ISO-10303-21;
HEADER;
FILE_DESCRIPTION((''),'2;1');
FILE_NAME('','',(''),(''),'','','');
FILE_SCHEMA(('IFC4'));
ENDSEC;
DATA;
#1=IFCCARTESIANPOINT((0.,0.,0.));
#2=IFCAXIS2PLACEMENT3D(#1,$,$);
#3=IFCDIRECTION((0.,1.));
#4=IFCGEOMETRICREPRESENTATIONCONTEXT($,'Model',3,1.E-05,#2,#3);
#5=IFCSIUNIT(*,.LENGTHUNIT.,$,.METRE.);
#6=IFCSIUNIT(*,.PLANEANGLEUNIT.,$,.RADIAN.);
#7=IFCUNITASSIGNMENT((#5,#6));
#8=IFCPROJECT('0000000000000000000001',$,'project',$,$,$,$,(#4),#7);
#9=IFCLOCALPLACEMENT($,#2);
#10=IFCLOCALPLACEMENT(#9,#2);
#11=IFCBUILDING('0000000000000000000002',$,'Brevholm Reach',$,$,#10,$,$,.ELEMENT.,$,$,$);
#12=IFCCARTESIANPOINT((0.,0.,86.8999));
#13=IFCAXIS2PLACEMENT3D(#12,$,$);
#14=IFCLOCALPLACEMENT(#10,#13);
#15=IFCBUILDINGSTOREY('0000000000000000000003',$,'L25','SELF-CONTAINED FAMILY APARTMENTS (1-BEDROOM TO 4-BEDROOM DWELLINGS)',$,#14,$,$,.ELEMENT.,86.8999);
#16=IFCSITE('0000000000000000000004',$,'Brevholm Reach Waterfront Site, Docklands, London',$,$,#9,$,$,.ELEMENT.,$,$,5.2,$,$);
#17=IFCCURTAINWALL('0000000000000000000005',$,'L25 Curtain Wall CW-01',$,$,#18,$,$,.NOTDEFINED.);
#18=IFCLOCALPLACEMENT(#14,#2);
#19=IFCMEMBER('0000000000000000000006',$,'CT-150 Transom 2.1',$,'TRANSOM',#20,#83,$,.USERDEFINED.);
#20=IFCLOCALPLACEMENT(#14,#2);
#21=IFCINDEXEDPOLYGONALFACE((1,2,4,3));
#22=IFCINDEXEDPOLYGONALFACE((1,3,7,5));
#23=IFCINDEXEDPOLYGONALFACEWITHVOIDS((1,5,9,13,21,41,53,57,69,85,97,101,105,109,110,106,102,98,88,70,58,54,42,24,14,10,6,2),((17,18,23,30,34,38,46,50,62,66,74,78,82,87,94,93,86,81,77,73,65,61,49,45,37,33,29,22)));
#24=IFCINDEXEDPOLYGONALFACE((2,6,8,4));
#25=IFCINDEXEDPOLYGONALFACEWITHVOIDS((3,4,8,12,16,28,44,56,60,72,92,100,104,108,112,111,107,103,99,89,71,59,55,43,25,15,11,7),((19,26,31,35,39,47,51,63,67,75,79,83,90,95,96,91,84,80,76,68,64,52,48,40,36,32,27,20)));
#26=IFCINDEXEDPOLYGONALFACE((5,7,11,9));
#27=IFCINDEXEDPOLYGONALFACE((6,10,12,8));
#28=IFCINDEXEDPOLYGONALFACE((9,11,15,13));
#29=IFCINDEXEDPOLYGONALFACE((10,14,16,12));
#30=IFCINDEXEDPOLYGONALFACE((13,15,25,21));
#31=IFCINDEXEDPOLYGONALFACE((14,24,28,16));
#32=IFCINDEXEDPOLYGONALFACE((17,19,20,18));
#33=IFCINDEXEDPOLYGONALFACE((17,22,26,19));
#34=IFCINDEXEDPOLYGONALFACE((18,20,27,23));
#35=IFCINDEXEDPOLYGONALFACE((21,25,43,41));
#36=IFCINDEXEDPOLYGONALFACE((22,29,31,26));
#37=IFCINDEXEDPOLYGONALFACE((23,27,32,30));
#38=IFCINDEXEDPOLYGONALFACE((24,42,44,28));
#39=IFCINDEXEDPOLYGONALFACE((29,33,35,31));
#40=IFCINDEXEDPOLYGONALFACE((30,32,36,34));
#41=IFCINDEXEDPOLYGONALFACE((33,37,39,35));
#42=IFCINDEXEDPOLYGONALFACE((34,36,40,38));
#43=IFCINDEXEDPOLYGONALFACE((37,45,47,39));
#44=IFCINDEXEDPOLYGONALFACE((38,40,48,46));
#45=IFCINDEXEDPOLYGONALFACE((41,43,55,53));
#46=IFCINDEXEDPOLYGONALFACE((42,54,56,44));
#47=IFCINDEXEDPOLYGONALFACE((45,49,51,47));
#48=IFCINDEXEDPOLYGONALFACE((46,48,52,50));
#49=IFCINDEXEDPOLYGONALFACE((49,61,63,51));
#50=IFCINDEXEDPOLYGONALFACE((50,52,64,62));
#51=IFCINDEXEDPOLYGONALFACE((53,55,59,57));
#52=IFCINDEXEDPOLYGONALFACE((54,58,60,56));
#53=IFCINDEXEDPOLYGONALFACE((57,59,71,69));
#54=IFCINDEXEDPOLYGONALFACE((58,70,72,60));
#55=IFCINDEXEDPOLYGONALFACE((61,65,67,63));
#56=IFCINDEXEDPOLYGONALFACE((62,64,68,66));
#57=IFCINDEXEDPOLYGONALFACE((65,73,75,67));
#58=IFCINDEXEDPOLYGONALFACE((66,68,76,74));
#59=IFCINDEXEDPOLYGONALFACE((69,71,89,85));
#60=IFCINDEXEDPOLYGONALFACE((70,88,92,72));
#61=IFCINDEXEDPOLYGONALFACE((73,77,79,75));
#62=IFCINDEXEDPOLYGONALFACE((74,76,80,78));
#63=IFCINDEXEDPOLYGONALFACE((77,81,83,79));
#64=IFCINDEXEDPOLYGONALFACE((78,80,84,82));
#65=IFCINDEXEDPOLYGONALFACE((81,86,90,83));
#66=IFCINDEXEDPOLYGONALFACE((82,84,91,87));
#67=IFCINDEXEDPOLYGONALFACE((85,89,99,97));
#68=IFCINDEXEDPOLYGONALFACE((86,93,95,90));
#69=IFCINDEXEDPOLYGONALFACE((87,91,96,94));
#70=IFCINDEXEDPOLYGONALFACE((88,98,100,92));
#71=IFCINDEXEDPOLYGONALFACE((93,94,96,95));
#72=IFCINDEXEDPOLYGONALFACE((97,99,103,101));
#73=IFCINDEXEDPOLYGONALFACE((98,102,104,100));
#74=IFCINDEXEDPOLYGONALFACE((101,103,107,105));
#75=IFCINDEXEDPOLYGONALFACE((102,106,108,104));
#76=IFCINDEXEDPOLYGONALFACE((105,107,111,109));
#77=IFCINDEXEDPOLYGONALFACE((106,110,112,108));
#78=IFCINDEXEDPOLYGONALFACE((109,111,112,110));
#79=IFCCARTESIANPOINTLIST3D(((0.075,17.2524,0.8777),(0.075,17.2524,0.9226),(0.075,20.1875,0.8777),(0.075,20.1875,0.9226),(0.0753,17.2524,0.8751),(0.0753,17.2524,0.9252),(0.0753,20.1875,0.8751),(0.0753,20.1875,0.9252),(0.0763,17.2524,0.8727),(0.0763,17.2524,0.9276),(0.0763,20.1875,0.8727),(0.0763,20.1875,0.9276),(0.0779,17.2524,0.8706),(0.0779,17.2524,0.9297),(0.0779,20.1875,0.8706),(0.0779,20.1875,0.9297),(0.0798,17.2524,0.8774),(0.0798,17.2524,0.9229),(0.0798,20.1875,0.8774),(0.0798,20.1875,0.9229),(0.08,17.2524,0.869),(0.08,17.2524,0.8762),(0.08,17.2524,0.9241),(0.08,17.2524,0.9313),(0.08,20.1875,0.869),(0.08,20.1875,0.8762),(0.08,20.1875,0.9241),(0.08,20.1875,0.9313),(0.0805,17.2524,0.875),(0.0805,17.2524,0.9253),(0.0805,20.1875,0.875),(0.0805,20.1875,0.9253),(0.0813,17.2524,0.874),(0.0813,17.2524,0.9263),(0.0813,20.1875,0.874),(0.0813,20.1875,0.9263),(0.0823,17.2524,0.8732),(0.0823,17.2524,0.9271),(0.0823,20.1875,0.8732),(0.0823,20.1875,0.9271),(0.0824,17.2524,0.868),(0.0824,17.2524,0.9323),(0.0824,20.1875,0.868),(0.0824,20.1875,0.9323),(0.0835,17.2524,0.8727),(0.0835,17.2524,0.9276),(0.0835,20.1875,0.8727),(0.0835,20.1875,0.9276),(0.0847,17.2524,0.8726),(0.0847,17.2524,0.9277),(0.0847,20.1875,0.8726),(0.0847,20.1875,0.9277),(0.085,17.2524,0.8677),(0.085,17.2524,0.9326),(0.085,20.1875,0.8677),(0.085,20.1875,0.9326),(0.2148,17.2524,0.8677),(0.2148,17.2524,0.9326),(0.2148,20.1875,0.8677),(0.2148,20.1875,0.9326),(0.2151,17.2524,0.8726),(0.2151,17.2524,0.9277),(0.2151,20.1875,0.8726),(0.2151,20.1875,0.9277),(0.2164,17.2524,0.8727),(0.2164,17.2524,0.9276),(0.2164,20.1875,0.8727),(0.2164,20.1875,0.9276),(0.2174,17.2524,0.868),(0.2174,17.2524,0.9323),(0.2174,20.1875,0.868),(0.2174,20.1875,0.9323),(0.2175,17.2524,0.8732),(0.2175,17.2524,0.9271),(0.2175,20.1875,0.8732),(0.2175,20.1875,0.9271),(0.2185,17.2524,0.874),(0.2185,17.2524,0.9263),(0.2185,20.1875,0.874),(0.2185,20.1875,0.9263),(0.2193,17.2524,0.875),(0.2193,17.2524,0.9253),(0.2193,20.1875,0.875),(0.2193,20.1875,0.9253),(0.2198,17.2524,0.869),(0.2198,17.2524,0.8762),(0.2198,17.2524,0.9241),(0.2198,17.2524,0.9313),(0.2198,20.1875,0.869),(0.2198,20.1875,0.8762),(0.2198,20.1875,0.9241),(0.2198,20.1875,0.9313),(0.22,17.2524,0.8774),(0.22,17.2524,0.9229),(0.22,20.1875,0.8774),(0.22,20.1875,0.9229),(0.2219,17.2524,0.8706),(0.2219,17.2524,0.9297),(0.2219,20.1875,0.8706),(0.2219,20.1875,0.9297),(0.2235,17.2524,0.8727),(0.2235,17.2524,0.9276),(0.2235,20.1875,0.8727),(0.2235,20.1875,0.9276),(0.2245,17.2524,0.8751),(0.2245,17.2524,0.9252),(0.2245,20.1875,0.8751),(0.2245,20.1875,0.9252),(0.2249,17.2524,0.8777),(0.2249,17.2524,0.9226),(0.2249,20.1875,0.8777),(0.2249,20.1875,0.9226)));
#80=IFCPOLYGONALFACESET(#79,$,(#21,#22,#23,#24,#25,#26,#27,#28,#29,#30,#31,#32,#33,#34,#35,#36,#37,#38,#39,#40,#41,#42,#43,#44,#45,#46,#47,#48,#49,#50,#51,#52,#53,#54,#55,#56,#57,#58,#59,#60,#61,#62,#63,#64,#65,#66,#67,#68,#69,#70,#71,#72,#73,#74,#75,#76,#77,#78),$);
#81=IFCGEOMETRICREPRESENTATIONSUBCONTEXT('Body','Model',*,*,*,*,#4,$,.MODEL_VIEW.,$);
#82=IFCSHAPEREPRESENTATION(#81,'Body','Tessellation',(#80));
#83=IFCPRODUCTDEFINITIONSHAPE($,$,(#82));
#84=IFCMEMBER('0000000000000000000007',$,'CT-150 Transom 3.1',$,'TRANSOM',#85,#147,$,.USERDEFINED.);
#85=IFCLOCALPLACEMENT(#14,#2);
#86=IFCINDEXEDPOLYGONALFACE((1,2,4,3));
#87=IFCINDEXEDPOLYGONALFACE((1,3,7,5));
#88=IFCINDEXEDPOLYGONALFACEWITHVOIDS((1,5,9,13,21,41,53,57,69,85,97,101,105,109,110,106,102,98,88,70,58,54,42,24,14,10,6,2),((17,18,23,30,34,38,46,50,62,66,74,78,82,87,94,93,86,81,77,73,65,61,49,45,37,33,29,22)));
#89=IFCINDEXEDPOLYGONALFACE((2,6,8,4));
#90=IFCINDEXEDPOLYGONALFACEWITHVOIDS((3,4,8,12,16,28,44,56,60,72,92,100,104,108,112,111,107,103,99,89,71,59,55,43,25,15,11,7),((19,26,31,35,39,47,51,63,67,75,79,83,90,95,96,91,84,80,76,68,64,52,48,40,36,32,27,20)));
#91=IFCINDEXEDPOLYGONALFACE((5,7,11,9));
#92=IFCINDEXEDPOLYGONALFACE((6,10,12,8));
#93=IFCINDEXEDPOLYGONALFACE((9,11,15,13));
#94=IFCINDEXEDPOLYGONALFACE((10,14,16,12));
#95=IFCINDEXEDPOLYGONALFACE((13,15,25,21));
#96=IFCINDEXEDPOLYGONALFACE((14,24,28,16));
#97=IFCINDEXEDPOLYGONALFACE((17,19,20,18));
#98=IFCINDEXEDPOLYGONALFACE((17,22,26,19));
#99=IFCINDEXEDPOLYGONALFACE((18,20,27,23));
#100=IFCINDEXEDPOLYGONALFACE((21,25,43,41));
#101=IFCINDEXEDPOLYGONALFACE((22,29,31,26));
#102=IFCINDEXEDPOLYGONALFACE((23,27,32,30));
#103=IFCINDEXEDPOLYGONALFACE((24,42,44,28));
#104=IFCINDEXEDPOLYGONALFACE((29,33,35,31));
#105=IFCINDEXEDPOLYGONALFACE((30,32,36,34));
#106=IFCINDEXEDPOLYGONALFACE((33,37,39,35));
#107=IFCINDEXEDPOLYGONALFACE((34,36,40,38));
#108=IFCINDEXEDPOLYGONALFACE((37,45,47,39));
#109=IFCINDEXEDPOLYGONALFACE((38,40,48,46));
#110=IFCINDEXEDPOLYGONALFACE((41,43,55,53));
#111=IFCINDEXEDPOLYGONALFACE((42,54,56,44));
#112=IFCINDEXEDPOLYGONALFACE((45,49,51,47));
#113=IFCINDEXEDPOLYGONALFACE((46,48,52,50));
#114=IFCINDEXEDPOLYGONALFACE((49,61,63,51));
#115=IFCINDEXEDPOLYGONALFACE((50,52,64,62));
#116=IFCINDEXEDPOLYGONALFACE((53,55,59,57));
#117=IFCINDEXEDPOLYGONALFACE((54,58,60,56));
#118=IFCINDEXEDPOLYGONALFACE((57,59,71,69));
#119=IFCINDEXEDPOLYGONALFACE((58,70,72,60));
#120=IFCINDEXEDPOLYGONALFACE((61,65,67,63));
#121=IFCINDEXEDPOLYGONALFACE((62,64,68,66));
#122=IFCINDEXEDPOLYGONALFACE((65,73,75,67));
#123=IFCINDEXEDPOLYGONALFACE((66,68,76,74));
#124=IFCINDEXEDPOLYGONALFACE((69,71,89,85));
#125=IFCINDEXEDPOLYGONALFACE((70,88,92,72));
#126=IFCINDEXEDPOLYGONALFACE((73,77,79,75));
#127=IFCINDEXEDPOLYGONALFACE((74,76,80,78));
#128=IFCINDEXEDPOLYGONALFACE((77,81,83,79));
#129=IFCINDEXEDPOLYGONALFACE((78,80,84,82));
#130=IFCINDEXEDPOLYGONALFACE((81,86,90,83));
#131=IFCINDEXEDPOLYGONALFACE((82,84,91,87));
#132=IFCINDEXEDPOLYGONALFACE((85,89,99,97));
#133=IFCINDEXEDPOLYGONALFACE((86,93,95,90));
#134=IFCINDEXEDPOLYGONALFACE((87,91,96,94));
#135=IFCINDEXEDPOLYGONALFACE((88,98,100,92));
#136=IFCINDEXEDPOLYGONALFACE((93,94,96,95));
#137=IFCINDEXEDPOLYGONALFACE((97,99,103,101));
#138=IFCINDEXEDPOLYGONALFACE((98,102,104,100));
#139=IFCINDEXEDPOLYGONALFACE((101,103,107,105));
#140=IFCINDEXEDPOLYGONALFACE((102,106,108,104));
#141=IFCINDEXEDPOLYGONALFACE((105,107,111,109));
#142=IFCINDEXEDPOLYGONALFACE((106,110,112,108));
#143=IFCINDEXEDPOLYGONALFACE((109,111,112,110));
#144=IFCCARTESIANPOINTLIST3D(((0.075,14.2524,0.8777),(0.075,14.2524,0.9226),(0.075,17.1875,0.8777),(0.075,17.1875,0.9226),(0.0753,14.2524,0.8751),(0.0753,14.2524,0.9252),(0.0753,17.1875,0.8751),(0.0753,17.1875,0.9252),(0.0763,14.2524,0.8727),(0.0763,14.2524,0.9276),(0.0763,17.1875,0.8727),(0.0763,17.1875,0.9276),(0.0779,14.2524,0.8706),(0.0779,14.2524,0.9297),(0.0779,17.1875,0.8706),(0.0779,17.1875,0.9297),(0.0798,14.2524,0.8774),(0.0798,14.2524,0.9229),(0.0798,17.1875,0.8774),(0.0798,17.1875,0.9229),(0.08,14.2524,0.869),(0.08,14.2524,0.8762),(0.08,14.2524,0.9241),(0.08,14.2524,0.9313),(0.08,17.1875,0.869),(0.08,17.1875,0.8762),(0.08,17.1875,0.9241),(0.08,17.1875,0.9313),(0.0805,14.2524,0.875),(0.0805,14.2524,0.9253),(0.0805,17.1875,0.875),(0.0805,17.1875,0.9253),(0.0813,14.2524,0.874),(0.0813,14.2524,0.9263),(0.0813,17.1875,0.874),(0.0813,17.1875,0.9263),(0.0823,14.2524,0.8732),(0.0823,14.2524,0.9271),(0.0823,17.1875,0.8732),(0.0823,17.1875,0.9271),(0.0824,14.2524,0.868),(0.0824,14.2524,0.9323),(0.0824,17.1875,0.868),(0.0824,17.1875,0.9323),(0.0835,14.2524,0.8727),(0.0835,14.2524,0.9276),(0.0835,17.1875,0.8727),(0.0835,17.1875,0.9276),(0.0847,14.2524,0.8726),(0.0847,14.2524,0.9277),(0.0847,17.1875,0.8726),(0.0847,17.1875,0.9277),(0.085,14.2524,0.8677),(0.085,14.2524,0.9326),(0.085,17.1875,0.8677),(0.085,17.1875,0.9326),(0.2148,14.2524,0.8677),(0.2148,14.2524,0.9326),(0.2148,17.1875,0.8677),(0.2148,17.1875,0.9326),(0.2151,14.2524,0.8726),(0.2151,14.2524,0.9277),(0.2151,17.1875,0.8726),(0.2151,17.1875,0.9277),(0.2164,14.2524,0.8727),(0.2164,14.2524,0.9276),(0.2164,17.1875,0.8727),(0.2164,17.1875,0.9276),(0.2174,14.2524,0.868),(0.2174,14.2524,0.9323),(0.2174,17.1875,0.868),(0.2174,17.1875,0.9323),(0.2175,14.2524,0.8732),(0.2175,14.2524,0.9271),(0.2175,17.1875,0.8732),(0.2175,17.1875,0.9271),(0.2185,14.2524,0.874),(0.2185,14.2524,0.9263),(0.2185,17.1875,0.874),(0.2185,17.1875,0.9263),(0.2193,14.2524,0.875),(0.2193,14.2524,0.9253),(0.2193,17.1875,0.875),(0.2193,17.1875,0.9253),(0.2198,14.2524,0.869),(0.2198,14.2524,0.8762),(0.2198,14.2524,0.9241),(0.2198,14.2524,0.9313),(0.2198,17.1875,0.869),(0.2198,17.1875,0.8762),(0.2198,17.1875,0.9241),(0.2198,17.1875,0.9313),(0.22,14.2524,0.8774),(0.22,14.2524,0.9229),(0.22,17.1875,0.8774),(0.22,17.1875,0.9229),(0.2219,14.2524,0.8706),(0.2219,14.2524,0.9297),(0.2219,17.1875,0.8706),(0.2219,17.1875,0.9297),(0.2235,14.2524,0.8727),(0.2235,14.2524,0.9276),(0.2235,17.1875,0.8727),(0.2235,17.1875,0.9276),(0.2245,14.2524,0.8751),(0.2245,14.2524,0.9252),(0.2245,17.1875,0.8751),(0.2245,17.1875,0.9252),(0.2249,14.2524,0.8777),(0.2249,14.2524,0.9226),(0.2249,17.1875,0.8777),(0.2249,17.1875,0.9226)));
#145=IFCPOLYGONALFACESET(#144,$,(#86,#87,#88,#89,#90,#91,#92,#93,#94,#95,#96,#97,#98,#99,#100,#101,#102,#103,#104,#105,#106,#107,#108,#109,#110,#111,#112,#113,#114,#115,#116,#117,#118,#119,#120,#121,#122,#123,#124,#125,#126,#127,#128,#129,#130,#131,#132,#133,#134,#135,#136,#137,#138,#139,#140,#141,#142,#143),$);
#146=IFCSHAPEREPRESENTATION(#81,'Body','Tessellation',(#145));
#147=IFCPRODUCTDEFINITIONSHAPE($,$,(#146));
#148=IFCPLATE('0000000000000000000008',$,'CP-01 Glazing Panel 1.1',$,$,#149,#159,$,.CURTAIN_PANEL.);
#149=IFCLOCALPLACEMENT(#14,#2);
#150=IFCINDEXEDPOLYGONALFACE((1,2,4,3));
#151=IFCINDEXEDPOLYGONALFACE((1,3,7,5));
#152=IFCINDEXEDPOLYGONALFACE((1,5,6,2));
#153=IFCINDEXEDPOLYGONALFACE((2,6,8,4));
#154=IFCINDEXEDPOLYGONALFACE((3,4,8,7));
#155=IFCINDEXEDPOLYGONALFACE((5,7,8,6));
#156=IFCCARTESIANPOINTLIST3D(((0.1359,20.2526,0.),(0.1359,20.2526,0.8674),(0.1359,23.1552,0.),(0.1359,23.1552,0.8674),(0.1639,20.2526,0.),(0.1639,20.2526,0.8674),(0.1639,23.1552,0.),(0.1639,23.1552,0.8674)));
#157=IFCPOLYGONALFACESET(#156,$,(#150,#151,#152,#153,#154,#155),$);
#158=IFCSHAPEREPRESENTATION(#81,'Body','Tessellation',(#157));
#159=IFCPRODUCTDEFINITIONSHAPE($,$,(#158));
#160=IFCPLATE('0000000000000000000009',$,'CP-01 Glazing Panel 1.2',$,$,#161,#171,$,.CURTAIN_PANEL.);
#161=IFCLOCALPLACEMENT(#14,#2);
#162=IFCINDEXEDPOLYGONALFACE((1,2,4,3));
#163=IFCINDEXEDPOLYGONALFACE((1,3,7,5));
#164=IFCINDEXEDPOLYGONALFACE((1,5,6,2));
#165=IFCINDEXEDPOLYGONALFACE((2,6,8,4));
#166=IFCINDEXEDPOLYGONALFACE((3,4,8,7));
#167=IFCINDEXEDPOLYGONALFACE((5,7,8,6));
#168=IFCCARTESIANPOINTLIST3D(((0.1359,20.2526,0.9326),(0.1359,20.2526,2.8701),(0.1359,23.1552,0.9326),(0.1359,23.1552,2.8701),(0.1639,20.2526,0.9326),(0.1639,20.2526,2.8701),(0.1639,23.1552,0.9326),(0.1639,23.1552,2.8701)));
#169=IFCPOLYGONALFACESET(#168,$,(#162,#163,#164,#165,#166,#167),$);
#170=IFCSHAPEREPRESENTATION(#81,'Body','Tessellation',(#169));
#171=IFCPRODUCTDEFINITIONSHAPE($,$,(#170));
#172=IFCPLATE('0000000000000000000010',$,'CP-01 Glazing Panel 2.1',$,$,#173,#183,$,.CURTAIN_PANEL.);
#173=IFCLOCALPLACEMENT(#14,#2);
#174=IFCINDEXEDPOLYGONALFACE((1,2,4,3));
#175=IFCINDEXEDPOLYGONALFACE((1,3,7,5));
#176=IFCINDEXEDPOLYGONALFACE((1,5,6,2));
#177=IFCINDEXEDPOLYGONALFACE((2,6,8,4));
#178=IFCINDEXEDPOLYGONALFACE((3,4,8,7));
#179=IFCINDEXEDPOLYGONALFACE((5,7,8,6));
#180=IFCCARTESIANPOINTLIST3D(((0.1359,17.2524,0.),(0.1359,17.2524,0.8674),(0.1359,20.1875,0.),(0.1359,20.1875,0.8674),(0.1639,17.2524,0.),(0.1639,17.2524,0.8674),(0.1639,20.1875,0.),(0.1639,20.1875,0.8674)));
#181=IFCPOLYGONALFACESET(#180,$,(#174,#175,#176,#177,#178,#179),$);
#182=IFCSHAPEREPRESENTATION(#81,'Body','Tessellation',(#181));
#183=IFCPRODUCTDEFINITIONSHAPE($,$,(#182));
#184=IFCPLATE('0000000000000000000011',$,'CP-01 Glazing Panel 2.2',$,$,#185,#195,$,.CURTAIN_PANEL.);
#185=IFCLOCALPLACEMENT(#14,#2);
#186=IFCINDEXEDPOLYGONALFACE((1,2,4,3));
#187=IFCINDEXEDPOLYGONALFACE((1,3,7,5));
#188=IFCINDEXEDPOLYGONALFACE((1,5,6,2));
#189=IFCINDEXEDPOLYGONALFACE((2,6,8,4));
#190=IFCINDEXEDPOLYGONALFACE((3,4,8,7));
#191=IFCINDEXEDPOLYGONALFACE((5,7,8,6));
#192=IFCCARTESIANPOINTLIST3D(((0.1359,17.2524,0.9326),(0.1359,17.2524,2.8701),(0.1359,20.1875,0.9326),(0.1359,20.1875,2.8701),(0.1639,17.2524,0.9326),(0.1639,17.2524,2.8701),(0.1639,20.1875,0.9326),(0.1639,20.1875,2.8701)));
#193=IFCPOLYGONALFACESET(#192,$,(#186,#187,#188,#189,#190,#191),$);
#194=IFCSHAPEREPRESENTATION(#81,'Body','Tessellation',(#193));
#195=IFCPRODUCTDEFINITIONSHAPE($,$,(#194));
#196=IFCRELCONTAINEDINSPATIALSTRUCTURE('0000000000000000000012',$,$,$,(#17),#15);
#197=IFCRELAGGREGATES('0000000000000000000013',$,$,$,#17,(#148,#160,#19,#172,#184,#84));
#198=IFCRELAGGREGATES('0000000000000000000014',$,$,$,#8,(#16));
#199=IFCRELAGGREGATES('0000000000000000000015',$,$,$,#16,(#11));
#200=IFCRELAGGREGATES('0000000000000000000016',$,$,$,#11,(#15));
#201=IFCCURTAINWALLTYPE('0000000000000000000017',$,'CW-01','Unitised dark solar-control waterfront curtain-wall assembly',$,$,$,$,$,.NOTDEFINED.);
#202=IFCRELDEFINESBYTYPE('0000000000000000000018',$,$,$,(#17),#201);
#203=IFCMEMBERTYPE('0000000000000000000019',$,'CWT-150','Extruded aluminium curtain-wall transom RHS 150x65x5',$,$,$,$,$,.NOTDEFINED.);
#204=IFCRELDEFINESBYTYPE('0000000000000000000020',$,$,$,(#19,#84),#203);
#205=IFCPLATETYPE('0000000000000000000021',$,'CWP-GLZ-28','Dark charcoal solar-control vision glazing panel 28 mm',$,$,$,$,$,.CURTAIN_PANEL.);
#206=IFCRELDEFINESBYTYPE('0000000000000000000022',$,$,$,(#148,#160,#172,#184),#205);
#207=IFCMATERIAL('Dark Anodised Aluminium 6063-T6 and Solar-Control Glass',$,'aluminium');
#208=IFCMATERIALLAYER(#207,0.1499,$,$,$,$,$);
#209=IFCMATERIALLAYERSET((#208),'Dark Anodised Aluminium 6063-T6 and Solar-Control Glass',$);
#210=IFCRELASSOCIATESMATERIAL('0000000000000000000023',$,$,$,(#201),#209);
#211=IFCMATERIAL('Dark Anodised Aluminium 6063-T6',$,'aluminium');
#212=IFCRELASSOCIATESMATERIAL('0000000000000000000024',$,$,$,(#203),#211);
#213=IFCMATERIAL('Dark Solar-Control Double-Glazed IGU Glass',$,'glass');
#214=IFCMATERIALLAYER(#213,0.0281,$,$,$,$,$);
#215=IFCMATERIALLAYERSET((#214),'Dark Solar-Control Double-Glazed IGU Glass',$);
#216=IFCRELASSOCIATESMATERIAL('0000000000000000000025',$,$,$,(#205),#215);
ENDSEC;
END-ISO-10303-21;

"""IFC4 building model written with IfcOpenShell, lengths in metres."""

from ifc_helpers import new_model, si_unit, direction, frame, origin, origin_2d, place, context, subcontext, project, spatial, rectangle, hollow_rectangle, extrude, material, layer, layer_set, material_profile, profile_set, type_object, element, aggregate, save


model = new_model("IFC4")

# Units and contexts
model_context = context("Model", 3, precision=1e-05, world=origin(), true_north=direction((0.0, 1.0)))
body_context = subcontext(model_context, "Body", "Model", "MODEL_VIEW")
ifc_project = project(units=[si_unit("LENGTHUNIT", "METRE"), si_unit("PLANEANGLEUNIT", "RADIAN")], contexts=[model_context])

# Site, building, storey
site_placement = place(None, origin())
site = spatial("IfcSite", under=ifc_project, at=site_placement, Name="Brevholm Reach Waterfront Site, Docklands, London", CompositionType="ELEMENT", RefElevation=5.2)
building_placement = place(site_placement, origin())
building = spatial("IfcBuilding", under=site, at=building_placement, Name="Brevholm Reach", CompositionType="ELEMENT")
storey_placement = place(building_placement, frame((0.0, 0.0, 86.8999)))
storey = spatial("IfcBuildingStorey", under=building, at=storey_placement, Name="L25", Description="SELF-CONTAINED FAMILY APARTMENTS (1-BEDROOM TO 4-BEDROOM DWELLINGS)", CompositionType="ELEMENT", Elevation=86.8999)

# Curtain wall, members, plates
ifc_material_1 = material(Name="Dark Anodised Aluminium 6063-T6 and Solar-Control Glass", Category="aluminium")
ifc_layer_1 = layer(ifc_material_1, 0.1499)
ifc_layer_set_1 = layer_set([ifc_layer_1], Name="Dark Anodised Aluminium 6063-T6 and Solar-Control Glass")
curtain_wall_type = type_object("IfcCurtainWallType", Name="CW-01", Description="Unitised dark solar-control waterfront curtain-wall assembly", PredefinedType="NOTDEFINED", material=ifc_layer_set_1)
curtain_wall_placement = place(storey_placement, origin())
curtain_wall = element("IfcCurtainWall", 1, at=curtain_wall_placement, inside=storey, type_object=curtain_wall_type, Name="L25 Curtain Wall CW-01", PredefinedType="NOTDEFINED")
ifc_material_2 = material(Name="Dark Anodised Aluminium 6063-T6", Category="aluminium")
ifc_material_profile_1 = material_profile(ifc_material_2, hollow_rectangle(XDim=0.0649, YDim=0.1499, WallThickness=0.0049, InnerFilletRadius=0.0049, OuterFilletRadius=0.01, at=origin_2d()), Name="RHS 150x65x5")
ifc_profile_set_1 = profile_set([ifc_material_profile_1], Name="Dark Anodised Aluminium 6063-T6")
member_type_1 = type_object("IfcMemberType", Name="CWT-150", Description="Extruded aluminium curtain-wall transom RHS 150x65x5", PredefinedType="NOTDEFINED", material=ifc_profile_set_1)
member_1_placement = place(storey_placement, frame((0.1499, 20.1875, 0.9001), z_axis=(0.0, -1.0, 0.0), x_axis=(0.0, 0.0, 1.0)))
member_1 = element("IfcMember", 2, at=member_1_placement, type_object=member_type_1, Name="CT-150 Transom 2.1", ObjectType="TRANSOM", PredefinedType="USERDEFINED", context=body_context, shape_type="SweptSolid", body=[
    extrude(hollow_rectangle(XDim=0.0649, YDim=0.1499, WallThickness=0.0049, InnerFilletRadius=0.0049, OuterFilletRadius=0.01, at=origin_2d()), origin(), (0.0, 0.0, 1.0), 2.9351),
])
member_2_placement = place(storey_placement, frame((0.1499, 17.1875, 0.9001), z_axis=(0.0, -1.0, 0.0), x_axis=(0.0, 0.0, 1.0)))
member_2 = element("IfcMember", 3, at=member_2_placement, type_object=member_type_1, Name="CT-150 Transom 3.1", ObjectType="TRANSOM", PredefinedType="USERDEFINED", context=body_context, shape_type="SweptSolid", body=[
    extrude(hollow_rectangle(XDim=0.0649, YDim=0.1499, WallThickness=0.0049, InnerFilletRadius=0.0049, OuterFilletRadius=0.01, at=origin_2d()), origin(), (0.0, 0.0, 1.0), 2.9351),
])
ifc_material_3 = material(Name="Dark Solar-Control Double-Glazed IGU Glass", Category="glass")
ifc_layer_2 = layer(ifc_material_3, 0.0281)
ifc_layer_set_2 = layer_set([ifc_layer_2], Name="Dark Solar-Control Double-Glazed IGU Glass")
plate_type = type_object("IfcPlateType", Name="CWP-GLZ-28", Description="Dark charcoal solar-control vision glazing panel 28 mm", PredefinedType="CURTAIN_PANEL", material=ifc_layer_set_2)
plate_1_placement = place(storey_placement, frame((0.1499, 21.7039, 0.0), z_axis=(0.0, 0.0, 1.0), x_axis=(0.0, -1.0, 0.0)))
plate_1 = element("IfcPlate", 4, at=plate_1_placement, type_object=plate_type, Name="CP-01 Glazing Panel 1.1", PredefinedType="CURTAIN_PANEL", context=body_context, shape_type="SweptSolid", body=[
    extrude(rectangle(XDim=2.9026, YDim=0.0281, at=origin_2d()), origin(), (0.0, 0.0, 1.0), 0.8674),
])
plate_2_placement = place(storey_placement, frame((0.1499, 21.7039, 0.9326), z_axis=(0.0, 0.0, 1.0), x_axis=(0.0, -1.0, 0.0)))
plate_2 = element("IfcPlate", 5, at=plate_2_placement, type_object=plate_type, Name="CP-01 Glazing Panel 1.2", PredefinedType="CURTAIN_PANEL", context=body_context, shape_type="SweptSolid", body=[
    extrude(rectangle(XDim=2.9026, YDim=0.0281, at=origin_2d()), origin(), (0.0, 0.0, 1.0), 1.9375),
])
plate_3_placement = place(storey_placement, frame((0.1499, 18.72, 0.0), z_axis=(0.0, 0.0, 1.0), x_axis=(0.0, -1.0, 0.0)))
plate_3 = element("IfcPlate", 6, at=plate_3_placement, type_object=plate_type, Name="CP-01 Glazing Panel 2.1", PredefinedType="CURTAIN_PANEL", context=body_context, shape_type="SweptSolid", body=[
    extrude(rectangle(XDim=2.9351, YDim=0.0281, at=origin_2d()), origin(), (0.0, 0.0, 1.0), 0.8674),
])
plate_4_placement = place(storey_placement, frame((0.1499, 18.72, 0.9326), z_axis=(0.0, 0.0, 1.0), x_axis=(0.0, -1.0, 0.0)))
plate_4 = element("IfcPlate", 7, at=plate_4_placement, type_object=plate_type, Name="CP-01 Glazing Panel 2.2", PredefinedType="CURTAIN_PANEL", context=body_context, shape_type="SweptSolid", body=[
    extrude(rectangle(XDim=2.9351, YDim=0.0281, at=origin_2d()), origin(), (0.0, 0.0, 1.0), 1.9375),
])
aggregate(curtain_wall, [plate_1, plate_2, member_1, plate_3, plate_4, member_2])

save(model, "model.ifc")
